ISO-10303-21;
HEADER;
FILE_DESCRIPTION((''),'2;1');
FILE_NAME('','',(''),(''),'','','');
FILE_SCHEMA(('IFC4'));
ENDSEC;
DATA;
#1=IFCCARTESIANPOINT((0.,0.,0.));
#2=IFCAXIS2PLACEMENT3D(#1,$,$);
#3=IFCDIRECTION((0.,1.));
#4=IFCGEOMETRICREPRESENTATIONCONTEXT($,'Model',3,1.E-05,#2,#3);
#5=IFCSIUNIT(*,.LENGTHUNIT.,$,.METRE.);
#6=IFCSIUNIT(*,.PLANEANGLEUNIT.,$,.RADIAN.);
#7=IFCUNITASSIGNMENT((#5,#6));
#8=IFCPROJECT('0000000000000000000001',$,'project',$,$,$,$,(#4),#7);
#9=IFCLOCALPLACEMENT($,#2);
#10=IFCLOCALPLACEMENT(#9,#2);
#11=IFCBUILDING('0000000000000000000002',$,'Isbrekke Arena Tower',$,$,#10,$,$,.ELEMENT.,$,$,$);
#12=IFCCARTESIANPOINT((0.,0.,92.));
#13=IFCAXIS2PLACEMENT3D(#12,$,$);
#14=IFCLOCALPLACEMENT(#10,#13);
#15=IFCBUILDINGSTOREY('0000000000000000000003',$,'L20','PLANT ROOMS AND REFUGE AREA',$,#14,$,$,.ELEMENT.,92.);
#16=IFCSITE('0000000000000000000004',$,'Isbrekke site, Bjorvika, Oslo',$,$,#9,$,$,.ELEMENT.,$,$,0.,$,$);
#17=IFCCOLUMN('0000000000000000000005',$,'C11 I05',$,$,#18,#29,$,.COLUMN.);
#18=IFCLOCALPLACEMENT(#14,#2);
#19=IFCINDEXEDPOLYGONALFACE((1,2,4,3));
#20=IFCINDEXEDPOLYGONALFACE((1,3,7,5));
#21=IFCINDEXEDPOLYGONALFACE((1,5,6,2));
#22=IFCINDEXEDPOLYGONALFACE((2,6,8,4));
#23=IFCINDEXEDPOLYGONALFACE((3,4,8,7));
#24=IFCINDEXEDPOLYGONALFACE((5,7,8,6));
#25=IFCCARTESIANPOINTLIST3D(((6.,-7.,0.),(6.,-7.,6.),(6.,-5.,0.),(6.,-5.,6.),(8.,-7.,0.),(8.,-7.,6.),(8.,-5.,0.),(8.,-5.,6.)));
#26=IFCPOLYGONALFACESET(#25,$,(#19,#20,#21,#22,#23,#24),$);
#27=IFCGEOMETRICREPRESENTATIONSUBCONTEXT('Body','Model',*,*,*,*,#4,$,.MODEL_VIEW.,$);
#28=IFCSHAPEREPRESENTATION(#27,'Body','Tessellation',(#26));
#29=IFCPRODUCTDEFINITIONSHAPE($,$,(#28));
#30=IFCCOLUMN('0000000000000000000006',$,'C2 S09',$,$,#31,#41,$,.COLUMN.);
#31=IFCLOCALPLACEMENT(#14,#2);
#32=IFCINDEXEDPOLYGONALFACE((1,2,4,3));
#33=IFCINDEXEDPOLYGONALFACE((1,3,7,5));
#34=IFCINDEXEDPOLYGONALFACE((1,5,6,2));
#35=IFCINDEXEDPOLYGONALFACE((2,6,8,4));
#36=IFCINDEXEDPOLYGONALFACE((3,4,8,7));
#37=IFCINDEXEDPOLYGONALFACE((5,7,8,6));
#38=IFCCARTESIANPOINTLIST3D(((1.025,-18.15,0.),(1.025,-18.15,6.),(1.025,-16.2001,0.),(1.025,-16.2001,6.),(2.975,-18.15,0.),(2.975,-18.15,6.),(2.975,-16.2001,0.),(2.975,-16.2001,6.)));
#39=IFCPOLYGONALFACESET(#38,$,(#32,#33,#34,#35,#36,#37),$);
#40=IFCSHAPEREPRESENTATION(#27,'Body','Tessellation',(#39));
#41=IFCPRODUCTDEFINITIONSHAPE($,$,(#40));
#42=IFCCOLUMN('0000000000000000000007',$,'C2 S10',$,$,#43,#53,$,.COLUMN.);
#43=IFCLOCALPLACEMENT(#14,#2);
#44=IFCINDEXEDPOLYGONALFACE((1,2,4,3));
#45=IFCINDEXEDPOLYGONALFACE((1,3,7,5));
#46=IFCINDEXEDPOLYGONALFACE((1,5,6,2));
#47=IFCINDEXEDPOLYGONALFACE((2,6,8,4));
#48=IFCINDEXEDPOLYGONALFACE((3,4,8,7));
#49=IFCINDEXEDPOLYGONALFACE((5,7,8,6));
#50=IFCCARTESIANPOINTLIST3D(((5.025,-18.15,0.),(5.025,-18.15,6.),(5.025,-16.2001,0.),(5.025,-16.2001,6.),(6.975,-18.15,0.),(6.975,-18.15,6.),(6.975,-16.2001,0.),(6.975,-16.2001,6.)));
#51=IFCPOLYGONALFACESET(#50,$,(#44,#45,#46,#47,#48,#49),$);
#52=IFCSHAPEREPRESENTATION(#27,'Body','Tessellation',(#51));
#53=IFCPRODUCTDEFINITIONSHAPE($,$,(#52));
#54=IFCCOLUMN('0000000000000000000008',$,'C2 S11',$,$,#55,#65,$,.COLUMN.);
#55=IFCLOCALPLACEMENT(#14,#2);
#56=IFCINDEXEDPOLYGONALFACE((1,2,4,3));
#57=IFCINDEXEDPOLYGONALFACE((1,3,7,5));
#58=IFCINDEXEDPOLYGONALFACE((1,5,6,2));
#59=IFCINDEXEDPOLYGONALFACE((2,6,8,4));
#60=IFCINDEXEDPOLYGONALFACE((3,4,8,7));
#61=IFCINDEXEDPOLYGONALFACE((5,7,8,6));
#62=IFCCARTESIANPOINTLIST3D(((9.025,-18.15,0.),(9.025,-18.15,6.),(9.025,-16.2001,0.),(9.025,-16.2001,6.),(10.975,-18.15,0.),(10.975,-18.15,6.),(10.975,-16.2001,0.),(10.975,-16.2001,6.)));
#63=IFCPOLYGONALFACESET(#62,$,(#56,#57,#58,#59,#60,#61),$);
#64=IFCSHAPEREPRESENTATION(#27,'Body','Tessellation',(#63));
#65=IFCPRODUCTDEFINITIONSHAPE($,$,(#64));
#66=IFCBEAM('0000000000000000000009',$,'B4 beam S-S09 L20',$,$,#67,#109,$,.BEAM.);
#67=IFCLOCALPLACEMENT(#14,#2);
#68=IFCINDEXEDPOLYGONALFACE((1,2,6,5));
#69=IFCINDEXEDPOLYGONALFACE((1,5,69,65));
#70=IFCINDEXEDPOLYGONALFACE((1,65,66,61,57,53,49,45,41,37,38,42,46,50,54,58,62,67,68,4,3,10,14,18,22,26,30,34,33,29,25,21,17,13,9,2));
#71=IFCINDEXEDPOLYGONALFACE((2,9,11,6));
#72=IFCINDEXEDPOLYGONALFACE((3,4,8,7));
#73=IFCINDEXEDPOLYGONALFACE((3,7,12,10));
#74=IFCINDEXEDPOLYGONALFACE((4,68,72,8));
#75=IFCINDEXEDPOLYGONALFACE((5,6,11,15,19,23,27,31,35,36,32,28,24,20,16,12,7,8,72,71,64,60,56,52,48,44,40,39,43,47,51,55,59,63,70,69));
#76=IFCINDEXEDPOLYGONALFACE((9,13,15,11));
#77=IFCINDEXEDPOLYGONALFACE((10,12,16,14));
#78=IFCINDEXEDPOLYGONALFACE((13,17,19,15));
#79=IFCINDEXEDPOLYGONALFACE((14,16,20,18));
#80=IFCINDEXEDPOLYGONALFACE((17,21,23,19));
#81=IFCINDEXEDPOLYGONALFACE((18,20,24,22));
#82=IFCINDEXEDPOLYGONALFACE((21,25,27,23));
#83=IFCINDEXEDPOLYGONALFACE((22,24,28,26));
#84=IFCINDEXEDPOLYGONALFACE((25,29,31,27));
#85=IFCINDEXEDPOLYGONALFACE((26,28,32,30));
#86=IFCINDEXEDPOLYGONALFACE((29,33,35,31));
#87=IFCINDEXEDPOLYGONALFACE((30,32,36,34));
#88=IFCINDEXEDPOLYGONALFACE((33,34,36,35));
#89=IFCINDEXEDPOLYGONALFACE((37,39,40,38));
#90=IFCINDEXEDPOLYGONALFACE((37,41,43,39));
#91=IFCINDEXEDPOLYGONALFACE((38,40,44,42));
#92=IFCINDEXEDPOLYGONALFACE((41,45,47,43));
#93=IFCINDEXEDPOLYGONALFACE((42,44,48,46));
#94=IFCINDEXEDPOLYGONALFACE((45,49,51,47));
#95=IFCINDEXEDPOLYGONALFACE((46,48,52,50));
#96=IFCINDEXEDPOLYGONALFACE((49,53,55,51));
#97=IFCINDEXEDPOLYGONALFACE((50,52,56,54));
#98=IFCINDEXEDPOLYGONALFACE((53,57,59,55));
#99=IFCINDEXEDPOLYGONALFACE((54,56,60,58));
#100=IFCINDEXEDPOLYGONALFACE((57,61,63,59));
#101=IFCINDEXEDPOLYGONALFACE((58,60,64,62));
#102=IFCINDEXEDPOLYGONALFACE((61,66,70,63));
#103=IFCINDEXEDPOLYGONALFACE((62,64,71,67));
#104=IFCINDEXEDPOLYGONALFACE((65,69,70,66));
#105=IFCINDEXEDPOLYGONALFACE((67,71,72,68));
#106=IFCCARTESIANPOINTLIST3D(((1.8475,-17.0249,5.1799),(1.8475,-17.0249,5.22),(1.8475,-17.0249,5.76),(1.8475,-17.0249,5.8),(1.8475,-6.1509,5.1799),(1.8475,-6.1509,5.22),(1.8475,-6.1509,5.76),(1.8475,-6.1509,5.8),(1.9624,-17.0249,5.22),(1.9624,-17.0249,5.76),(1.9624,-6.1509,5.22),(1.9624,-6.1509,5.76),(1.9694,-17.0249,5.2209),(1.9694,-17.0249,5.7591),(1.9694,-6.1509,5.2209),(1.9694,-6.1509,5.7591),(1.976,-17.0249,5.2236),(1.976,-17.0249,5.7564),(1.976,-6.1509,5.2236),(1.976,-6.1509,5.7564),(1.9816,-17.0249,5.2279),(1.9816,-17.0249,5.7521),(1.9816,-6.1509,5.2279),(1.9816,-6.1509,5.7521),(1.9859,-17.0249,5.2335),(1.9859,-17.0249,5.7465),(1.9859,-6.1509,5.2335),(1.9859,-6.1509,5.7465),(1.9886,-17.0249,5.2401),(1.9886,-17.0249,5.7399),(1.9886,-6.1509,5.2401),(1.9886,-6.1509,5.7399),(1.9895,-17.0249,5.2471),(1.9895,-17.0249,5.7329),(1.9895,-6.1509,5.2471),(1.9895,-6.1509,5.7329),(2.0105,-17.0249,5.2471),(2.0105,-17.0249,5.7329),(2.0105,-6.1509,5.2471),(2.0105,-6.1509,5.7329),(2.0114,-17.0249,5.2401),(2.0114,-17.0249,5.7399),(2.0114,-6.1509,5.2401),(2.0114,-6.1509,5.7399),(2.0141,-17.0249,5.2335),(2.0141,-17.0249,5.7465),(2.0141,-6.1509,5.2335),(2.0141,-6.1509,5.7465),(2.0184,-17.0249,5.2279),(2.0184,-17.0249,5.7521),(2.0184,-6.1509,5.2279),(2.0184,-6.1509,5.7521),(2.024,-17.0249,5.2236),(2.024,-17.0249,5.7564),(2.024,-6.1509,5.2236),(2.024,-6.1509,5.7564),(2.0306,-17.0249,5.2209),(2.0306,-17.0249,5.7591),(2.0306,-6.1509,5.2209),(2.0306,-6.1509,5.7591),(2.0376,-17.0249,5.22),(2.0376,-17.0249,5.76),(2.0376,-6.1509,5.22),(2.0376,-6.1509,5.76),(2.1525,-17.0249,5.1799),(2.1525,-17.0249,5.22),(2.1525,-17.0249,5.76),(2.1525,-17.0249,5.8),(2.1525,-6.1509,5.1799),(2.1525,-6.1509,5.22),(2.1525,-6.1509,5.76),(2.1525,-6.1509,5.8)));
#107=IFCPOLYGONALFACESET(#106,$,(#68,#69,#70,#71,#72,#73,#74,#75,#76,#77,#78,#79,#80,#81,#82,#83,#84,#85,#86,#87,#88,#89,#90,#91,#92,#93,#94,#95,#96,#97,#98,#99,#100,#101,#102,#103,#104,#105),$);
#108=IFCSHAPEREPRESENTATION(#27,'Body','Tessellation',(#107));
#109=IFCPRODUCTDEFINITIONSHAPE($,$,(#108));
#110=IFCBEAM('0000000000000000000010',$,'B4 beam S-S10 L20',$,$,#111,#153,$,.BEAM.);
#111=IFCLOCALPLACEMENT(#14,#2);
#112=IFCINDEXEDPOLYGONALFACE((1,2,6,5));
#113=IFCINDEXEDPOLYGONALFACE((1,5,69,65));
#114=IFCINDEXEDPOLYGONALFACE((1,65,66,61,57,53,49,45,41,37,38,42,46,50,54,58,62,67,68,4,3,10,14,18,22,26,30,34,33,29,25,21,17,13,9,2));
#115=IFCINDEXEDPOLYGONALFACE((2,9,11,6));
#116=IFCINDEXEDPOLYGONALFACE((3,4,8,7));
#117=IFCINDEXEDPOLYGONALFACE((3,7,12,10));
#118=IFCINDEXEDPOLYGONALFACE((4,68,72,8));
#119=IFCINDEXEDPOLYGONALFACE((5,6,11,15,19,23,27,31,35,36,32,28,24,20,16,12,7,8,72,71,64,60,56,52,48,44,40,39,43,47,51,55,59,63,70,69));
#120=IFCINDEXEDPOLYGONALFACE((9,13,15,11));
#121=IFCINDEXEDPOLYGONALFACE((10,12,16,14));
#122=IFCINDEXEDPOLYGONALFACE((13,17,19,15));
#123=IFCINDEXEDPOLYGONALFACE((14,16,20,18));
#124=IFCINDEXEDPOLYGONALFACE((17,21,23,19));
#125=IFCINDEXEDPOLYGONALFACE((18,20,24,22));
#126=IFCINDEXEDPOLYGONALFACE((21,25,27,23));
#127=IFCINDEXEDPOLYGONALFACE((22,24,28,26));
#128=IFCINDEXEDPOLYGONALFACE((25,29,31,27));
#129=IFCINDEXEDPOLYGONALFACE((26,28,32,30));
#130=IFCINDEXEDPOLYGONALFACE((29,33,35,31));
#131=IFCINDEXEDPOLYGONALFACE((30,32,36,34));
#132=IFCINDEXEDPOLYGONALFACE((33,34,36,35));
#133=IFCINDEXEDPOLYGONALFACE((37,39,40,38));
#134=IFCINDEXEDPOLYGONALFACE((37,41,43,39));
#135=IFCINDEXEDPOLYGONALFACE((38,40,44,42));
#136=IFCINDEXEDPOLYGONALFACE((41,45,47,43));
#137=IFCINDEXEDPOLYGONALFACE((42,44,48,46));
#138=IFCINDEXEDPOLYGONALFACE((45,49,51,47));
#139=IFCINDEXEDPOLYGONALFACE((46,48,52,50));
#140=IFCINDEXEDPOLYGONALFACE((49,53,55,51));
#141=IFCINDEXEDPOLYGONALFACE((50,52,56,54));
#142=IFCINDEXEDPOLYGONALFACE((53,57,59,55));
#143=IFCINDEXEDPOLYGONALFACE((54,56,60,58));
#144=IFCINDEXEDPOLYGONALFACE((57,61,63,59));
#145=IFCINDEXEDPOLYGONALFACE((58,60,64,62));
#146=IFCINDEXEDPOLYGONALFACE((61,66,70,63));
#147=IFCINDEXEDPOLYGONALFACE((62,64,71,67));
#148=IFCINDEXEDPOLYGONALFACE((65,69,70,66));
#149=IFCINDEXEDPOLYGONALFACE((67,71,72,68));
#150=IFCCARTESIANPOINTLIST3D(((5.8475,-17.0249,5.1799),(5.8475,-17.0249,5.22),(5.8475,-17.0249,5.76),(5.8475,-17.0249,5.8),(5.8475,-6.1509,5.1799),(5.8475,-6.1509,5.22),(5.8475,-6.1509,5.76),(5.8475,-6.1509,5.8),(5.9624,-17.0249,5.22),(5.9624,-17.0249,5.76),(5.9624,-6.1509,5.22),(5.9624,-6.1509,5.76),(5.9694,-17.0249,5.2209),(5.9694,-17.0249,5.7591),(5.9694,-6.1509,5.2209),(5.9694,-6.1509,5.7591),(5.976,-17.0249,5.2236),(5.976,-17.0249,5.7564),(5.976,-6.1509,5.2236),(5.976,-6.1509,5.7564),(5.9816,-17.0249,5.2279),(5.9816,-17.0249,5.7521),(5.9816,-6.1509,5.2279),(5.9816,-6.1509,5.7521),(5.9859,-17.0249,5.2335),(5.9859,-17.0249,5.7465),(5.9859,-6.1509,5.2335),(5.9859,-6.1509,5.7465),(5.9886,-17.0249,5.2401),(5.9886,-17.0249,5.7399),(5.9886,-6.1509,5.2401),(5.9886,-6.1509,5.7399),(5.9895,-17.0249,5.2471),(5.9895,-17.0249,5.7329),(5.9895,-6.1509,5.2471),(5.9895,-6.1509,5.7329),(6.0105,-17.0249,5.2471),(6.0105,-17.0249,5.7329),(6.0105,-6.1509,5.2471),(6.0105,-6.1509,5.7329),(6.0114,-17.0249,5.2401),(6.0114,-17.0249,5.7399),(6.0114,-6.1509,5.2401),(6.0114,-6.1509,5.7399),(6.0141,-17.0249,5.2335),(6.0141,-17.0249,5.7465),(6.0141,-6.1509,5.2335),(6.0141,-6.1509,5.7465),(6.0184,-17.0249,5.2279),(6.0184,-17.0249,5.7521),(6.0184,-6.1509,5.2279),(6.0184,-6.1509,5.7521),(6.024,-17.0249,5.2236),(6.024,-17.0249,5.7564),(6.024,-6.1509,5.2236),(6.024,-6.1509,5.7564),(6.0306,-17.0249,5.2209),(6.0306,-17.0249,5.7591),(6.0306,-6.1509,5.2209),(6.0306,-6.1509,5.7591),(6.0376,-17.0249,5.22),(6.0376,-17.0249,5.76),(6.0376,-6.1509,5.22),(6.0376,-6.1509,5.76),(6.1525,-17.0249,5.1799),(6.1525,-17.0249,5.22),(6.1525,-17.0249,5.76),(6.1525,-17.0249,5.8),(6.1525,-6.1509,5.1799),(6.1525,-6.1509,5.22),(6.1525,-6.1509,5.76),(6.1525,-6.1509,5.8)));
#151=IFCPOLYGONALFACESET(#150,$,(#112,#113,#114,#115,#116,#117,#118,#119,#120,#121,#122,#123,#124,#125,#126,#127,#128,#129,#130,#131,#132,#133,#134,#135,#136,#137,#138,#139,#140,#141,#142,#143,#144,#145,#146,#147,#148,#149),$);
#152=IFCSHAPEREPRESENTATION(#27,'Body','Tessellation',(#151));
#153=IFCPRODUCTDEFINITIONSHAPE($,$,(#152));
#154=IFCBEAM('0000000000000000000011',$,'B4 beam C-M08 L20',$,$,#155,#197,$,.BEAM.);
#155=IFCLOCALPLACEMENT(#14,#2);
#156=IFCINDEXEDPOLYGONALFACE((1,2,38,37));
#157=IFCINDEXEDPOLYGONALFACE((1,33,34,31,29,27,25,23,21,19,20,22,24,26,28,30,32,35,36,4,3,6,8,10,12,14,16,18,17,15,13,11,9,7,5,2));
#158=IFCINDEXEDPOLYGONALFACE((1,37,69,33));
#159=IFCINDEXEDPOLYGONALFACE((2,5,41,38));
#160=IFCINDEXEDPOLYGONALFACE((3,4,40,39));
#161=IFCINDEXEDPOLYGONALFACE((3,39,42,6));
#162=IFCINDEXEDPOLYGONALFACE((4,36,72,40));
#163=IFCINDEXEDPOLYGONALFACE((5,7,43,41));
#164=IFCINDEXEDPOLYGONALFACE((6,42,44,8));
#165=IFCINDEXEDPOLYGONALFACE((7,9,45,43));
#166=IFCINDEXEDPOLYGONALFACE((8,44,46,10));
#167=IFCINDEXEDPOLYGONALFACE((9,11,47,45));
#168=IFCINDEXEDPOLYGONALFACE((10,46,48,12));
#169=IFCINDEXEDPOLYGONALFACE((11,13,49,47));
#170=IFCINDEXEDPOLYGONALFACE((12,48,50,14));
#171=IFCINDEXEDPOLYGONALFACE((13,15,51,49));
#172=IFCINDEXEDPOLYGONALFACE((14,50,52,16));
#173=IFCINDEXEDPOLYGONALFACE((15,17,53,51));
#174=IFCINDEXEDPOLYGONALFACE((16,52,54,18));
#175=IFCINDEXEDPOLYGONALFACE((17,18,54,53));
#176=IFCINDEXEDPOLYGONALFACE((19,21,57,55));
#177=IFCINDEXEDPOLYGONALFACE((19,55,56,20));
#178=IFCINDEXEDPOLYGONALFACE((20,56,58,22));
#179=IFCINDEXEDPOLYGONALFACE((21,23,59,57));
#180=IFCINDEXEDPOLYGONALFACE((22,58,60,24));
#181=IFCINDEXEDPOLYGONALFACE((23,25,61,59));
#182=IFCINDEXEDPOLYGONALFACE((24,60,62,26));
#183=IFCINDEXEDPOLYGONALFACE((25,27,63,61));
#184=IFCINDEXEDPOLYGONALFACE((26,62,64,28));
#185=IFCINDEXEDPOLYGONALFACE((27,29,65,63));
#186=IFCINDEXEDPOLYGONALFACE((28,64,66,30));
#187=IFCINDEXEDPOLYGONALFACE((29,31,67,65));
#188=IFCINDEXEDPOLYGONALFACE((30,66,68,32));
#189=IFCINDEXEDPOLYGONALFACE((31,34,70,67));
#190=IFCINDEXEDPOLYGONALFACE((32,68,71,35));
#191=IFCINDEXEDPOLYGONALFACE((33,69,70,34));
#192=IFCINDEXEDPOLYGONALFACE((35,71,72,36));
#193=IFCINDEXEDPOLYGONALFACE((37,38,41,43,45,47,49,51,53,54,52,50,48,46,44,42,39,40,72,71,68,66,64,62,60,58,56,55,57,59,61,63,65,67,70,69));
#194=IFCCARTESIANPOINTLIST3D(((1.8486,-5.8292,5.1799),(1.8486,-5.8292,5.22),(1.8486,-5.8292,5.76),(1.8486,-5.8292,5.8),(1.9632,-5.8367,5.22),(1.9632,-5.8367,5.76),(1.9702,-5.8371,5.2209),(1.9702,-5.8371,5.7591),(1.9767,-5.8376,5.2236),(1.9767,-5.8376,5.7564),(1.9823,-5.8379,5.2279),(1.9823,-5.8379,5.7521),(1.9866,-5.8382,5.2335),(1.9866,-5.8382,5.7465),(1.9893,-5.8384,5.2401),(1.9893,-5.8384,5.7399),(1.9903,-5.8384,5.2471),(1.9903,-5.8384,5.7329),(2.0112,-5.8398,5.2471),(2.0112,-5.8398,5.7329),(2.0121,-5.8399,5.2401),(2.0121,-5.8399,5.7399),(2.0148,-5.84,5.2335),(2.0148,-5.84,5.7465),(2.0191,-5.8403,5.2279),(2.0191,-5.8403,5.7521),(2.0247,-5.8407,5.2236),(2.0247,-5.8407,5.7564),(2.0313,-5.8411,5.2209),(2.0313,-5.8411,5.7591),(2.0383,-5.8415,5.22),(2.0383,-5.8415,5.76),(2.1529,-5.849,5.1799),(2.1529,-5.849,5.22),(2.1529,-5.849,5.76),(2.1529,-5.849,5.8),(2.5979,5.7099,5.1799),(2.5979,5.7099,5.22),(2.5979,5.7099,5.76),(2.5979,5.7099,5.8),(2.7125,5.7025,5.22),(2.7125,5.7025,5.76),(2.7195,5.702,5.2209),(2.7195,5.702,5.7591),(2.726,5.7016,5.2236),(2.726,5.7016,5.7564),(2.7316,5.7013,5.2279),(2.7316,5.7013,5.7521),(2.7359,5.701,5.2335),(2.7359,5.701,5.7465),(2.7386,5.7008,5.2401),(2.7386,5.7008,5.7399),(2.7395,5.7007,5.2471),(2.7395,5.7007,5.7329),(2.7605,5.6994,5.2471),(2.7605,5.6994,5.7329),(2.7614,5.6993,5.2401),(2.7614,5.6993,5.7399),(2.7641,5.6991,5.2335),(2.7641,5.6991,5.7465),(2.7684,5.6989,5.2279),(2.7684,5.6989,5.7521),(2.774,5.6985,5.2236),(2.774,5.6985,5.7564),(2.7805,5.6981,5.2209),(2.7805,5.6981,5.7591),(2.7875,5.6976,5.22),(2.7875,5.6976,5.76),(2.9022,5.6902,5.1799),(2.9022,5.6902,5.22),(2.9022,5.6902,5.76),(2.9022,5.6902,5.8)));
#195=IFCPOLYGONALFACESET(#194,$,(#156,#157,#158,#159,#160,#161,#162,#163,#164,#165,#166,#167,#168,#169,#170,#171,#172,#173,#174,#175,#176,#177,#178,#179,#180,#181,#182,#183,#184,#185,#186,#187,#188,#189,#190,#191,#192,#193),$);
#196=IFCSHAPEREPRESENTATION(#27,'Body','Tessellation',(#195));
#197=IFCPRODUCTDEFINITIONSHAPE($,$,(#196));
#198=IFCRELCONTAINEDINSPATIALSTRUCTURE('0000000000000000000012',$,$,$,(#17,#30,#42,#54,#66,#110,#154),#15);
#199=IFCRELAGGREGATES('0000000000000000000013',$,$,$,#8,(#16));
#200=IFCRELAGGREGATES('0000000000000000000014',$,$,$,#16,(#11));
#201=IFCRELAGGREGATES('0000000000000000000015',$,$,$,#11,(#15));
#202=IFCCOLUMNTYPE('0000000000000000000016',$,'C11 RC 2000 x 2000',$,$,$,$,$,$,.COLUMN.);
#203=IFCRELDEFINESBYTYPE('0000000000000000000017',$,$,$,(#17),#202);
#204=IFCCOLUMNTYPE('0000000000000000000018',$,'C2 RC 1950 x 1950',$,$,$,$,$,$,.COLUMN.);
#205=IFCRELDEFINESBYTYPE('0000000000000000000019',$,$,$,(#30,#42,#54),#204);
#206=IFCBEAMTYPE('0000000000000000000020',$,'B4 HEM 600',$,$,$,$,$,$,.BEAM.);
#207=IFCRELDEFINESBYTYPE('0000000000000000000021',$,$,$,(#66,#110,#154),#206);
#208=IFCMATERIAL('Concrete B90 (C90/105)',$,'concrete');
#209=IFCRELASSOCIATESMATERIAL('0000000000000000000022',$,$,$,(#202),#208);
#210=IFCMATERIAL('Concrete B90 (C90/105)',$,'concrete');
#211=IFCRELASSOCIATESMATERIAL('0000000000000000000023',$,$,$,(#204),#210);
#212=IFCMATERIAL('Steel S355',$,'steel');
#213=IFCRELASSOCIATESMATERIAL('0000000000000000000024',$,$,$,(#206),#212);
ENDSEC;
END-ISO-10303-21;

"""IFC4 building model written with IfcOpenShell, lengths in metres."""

from ifc_helpers import new_model, si_unit, direction, frame, origin, origin_2d, place, context, subcontext, project, spatial, rectangle, i_section, extrude, material, material_profile, profile_set, type_object, element, save


model = new_model("IFC4")

# Units and contexts
model_context = context("Model", 3, precision=1e-05, world=origin(), true_north=direction((0.0, 1.0)))
body_context = subcontext(model_context, "Body", "Model", "MODEL_VIEW")
ifc_project = project(units=[si_unit("LENGTHUNIT", "METRE"), si_unit("PLANEANGLEUNIT", "RADIAN")], contexts=[model_context])

# Site, building, storey
site_placement = place(None, origin())
site = spatial("IfcSite", under=ifc_project, at=site_placement, Name="Isbrekke site, Bjorvika, Oslo", CompositionType="ELEMENT", RefElevation=0.0)
building_placement = place(site_placement, origin())
building = spatial("IfcBuilding", under=site, at=building_placement, Name="Isbrekke Arena Tower", CompositionType="ELEMENT")
storey_placement = place(building_placement, frame((0.0, 0.0, 92.0)))
storey = spatial("IfcBuildingStorey", under=building, at=storey_placement, Name="L20", Description="PLANT ROOMS AND REFUGE AREA", CompositionType="ELEMENT", Elevation=92.0)

# Columns
ifc_material_1 = material(Name="Concrete B90 (C90/105)", Category="concrete")
ifc_material_profile_1 = material_profile(ifc_material_1, rectangle(XDim=2.0, YDim=2.0, at=origin_2d()), Name="RC 2000x2000")
ifc_profile_set_1 = profile_set([ifc_material_profile_1], Name="Concrete B90 (C90/105)")
column_type_1 = type_object("IfcColumnType", Name="C11 RC 2000 x 2000", PredefinedType="COLUMN", material=ifc_profile_set_1)
column_placement = place(storey_placement, frame((7.0, -6.0, 0.0), z_axis=(0.0, 0.0, 1.0), x_axis=(1.0, 0.0, 0.0)))
element("IfcColumn", 1, at=column_placement, inside=storey, type_object=column_type_1, Name="C11 I05", PredefinedType="COLUMN", context=body_context, shape_type="SweptSolid", body=[
    extrude(rectangle(XDim=2.0, YDim=2.0, at=origin_2d()), origin(), (0.0, 0.0, 1.0), 6.0),
])
ifc_material_2 = material(Name="Concrete B90 (C90/105)", Category="concrete")
ifc_material_profile_2 = material_profile(ifc_material_2, rectangle(XDim=1.95, YDim=1.95, at=origin_2d()), Name="RC 1950x1950")
ifc_profile_set_2 = profile_set([ifc_material_profile_2], Name="Concrete B90 (C90/105)")
column_type_2 = type_object("IfcColumnType", Name="C2 RC 1950 x 1950", PredefinedType="COLUMN", material=ifc_profile_set_2)
for number, where, z_axis, x_axis, name in (
    (2, (2.0, -17.175, 0.0), (0.0, 0.0, 1.0), (1.0, 0.0, 0.0), "C2 S09"),
    (3, (6.0, -17.175, 0.0), (0.0, 0.0, 1.0), (1.0, 0.0, 0.0), "C2 S10"),
    (4, (10.0, -17.175, 0.0), (0.0, 0.0, 1.0), (1.0, 0.0, 0.0), "C2 S11"),
):
    element("IfcColumn", number, at=place(storey_placement, frame(where, z_axis=z_axis, x_axis=x_axis)), inside=storey, type_object=column_type_2, Name=name, PredefinedType="COLUMN", context=body_context, shape_type="SweptSolid", body=[
        extrude(rectangle(XDim=1.95, YDim=1.95, at=origin_2d()), origin(), (0.0, 0.0, 1.0), 6.0),
    ])

# Beams
ifc_material_3 = material(Name="Steel S355", Category="steel")
ifc_material_profile_3 = material_profile(ifc_material_3, i_section(OverallWidth=0.3049, OverallDepth=0.6201, WebThickness=0.021, FlangeThickness=0.04, FilletRadius=0.0271, at=origin_2d()), Name="HEM 600")
ifc_profile_set_3 = profile_set([ifc_material_profile_3], Name="Steel S355")
beam_type_1 = type_object("IfcBeamType", Name="B4 HEM 600", PredefinedType="BEAM", material=ifc_profile_set_3)
for number, where, z_axis, x_axis, name in (
    (5, (2.0, -17.0249, 5.49), (0.0, 1.0, 0.0), (-1.0, 0.0, 0.0), "B4 beam S-S09 L20"),
    (6, (6.0, -17.0249, 5.49), (0.0, 1.0, 0.0), (-1.0, 0.0, 0.0), "B4 beam S-S10 L20"),
):
    element("IfcBeam", number, at=place(storey_placement, frame(where, z_axis=z_axis, x_axis=x_axis)), inside=storey, type_object=beam_type_1, Name=name, PredefinedType="BEAM", context=body_context, shape_type="SweptSolid", body=[
        extrude(i_section(OverallWidth=0.3049, OverallDepth=0.6201, WebThickness=0.021, FlangeThickness=0.04, FilletRadius=0.0271, at=origin_2d()), origin(), (0.0, 0.0, 1.0), 10.874),
    ])
beam_1_placement = place(storey_placement, frame((2.0007, -5.8391, 5.49), z_axis=(0.064797, 0.997898, 0.0), x_axis=(-0.997898, 0.064797, 0.0)))
element("IfcBeam", 7, at=beam_1_placement, inside=storey, type_object=beam_type_1, Name="B4 beam C-M08 L20", PredefinedType="BEAM", context=body_context, shape_type="SweptSolid", body=[
    extrude(i_section(OverallWidth=0.3049, OverallDepth=0.6201, WebThickness=0.021, FlangeThickness=0.04, FilletRadius=0.0271, at=origin_2d()), origin(), (0.0, 0.0, 1.0), 11.5635),
])

save(model, "model.ifc")
